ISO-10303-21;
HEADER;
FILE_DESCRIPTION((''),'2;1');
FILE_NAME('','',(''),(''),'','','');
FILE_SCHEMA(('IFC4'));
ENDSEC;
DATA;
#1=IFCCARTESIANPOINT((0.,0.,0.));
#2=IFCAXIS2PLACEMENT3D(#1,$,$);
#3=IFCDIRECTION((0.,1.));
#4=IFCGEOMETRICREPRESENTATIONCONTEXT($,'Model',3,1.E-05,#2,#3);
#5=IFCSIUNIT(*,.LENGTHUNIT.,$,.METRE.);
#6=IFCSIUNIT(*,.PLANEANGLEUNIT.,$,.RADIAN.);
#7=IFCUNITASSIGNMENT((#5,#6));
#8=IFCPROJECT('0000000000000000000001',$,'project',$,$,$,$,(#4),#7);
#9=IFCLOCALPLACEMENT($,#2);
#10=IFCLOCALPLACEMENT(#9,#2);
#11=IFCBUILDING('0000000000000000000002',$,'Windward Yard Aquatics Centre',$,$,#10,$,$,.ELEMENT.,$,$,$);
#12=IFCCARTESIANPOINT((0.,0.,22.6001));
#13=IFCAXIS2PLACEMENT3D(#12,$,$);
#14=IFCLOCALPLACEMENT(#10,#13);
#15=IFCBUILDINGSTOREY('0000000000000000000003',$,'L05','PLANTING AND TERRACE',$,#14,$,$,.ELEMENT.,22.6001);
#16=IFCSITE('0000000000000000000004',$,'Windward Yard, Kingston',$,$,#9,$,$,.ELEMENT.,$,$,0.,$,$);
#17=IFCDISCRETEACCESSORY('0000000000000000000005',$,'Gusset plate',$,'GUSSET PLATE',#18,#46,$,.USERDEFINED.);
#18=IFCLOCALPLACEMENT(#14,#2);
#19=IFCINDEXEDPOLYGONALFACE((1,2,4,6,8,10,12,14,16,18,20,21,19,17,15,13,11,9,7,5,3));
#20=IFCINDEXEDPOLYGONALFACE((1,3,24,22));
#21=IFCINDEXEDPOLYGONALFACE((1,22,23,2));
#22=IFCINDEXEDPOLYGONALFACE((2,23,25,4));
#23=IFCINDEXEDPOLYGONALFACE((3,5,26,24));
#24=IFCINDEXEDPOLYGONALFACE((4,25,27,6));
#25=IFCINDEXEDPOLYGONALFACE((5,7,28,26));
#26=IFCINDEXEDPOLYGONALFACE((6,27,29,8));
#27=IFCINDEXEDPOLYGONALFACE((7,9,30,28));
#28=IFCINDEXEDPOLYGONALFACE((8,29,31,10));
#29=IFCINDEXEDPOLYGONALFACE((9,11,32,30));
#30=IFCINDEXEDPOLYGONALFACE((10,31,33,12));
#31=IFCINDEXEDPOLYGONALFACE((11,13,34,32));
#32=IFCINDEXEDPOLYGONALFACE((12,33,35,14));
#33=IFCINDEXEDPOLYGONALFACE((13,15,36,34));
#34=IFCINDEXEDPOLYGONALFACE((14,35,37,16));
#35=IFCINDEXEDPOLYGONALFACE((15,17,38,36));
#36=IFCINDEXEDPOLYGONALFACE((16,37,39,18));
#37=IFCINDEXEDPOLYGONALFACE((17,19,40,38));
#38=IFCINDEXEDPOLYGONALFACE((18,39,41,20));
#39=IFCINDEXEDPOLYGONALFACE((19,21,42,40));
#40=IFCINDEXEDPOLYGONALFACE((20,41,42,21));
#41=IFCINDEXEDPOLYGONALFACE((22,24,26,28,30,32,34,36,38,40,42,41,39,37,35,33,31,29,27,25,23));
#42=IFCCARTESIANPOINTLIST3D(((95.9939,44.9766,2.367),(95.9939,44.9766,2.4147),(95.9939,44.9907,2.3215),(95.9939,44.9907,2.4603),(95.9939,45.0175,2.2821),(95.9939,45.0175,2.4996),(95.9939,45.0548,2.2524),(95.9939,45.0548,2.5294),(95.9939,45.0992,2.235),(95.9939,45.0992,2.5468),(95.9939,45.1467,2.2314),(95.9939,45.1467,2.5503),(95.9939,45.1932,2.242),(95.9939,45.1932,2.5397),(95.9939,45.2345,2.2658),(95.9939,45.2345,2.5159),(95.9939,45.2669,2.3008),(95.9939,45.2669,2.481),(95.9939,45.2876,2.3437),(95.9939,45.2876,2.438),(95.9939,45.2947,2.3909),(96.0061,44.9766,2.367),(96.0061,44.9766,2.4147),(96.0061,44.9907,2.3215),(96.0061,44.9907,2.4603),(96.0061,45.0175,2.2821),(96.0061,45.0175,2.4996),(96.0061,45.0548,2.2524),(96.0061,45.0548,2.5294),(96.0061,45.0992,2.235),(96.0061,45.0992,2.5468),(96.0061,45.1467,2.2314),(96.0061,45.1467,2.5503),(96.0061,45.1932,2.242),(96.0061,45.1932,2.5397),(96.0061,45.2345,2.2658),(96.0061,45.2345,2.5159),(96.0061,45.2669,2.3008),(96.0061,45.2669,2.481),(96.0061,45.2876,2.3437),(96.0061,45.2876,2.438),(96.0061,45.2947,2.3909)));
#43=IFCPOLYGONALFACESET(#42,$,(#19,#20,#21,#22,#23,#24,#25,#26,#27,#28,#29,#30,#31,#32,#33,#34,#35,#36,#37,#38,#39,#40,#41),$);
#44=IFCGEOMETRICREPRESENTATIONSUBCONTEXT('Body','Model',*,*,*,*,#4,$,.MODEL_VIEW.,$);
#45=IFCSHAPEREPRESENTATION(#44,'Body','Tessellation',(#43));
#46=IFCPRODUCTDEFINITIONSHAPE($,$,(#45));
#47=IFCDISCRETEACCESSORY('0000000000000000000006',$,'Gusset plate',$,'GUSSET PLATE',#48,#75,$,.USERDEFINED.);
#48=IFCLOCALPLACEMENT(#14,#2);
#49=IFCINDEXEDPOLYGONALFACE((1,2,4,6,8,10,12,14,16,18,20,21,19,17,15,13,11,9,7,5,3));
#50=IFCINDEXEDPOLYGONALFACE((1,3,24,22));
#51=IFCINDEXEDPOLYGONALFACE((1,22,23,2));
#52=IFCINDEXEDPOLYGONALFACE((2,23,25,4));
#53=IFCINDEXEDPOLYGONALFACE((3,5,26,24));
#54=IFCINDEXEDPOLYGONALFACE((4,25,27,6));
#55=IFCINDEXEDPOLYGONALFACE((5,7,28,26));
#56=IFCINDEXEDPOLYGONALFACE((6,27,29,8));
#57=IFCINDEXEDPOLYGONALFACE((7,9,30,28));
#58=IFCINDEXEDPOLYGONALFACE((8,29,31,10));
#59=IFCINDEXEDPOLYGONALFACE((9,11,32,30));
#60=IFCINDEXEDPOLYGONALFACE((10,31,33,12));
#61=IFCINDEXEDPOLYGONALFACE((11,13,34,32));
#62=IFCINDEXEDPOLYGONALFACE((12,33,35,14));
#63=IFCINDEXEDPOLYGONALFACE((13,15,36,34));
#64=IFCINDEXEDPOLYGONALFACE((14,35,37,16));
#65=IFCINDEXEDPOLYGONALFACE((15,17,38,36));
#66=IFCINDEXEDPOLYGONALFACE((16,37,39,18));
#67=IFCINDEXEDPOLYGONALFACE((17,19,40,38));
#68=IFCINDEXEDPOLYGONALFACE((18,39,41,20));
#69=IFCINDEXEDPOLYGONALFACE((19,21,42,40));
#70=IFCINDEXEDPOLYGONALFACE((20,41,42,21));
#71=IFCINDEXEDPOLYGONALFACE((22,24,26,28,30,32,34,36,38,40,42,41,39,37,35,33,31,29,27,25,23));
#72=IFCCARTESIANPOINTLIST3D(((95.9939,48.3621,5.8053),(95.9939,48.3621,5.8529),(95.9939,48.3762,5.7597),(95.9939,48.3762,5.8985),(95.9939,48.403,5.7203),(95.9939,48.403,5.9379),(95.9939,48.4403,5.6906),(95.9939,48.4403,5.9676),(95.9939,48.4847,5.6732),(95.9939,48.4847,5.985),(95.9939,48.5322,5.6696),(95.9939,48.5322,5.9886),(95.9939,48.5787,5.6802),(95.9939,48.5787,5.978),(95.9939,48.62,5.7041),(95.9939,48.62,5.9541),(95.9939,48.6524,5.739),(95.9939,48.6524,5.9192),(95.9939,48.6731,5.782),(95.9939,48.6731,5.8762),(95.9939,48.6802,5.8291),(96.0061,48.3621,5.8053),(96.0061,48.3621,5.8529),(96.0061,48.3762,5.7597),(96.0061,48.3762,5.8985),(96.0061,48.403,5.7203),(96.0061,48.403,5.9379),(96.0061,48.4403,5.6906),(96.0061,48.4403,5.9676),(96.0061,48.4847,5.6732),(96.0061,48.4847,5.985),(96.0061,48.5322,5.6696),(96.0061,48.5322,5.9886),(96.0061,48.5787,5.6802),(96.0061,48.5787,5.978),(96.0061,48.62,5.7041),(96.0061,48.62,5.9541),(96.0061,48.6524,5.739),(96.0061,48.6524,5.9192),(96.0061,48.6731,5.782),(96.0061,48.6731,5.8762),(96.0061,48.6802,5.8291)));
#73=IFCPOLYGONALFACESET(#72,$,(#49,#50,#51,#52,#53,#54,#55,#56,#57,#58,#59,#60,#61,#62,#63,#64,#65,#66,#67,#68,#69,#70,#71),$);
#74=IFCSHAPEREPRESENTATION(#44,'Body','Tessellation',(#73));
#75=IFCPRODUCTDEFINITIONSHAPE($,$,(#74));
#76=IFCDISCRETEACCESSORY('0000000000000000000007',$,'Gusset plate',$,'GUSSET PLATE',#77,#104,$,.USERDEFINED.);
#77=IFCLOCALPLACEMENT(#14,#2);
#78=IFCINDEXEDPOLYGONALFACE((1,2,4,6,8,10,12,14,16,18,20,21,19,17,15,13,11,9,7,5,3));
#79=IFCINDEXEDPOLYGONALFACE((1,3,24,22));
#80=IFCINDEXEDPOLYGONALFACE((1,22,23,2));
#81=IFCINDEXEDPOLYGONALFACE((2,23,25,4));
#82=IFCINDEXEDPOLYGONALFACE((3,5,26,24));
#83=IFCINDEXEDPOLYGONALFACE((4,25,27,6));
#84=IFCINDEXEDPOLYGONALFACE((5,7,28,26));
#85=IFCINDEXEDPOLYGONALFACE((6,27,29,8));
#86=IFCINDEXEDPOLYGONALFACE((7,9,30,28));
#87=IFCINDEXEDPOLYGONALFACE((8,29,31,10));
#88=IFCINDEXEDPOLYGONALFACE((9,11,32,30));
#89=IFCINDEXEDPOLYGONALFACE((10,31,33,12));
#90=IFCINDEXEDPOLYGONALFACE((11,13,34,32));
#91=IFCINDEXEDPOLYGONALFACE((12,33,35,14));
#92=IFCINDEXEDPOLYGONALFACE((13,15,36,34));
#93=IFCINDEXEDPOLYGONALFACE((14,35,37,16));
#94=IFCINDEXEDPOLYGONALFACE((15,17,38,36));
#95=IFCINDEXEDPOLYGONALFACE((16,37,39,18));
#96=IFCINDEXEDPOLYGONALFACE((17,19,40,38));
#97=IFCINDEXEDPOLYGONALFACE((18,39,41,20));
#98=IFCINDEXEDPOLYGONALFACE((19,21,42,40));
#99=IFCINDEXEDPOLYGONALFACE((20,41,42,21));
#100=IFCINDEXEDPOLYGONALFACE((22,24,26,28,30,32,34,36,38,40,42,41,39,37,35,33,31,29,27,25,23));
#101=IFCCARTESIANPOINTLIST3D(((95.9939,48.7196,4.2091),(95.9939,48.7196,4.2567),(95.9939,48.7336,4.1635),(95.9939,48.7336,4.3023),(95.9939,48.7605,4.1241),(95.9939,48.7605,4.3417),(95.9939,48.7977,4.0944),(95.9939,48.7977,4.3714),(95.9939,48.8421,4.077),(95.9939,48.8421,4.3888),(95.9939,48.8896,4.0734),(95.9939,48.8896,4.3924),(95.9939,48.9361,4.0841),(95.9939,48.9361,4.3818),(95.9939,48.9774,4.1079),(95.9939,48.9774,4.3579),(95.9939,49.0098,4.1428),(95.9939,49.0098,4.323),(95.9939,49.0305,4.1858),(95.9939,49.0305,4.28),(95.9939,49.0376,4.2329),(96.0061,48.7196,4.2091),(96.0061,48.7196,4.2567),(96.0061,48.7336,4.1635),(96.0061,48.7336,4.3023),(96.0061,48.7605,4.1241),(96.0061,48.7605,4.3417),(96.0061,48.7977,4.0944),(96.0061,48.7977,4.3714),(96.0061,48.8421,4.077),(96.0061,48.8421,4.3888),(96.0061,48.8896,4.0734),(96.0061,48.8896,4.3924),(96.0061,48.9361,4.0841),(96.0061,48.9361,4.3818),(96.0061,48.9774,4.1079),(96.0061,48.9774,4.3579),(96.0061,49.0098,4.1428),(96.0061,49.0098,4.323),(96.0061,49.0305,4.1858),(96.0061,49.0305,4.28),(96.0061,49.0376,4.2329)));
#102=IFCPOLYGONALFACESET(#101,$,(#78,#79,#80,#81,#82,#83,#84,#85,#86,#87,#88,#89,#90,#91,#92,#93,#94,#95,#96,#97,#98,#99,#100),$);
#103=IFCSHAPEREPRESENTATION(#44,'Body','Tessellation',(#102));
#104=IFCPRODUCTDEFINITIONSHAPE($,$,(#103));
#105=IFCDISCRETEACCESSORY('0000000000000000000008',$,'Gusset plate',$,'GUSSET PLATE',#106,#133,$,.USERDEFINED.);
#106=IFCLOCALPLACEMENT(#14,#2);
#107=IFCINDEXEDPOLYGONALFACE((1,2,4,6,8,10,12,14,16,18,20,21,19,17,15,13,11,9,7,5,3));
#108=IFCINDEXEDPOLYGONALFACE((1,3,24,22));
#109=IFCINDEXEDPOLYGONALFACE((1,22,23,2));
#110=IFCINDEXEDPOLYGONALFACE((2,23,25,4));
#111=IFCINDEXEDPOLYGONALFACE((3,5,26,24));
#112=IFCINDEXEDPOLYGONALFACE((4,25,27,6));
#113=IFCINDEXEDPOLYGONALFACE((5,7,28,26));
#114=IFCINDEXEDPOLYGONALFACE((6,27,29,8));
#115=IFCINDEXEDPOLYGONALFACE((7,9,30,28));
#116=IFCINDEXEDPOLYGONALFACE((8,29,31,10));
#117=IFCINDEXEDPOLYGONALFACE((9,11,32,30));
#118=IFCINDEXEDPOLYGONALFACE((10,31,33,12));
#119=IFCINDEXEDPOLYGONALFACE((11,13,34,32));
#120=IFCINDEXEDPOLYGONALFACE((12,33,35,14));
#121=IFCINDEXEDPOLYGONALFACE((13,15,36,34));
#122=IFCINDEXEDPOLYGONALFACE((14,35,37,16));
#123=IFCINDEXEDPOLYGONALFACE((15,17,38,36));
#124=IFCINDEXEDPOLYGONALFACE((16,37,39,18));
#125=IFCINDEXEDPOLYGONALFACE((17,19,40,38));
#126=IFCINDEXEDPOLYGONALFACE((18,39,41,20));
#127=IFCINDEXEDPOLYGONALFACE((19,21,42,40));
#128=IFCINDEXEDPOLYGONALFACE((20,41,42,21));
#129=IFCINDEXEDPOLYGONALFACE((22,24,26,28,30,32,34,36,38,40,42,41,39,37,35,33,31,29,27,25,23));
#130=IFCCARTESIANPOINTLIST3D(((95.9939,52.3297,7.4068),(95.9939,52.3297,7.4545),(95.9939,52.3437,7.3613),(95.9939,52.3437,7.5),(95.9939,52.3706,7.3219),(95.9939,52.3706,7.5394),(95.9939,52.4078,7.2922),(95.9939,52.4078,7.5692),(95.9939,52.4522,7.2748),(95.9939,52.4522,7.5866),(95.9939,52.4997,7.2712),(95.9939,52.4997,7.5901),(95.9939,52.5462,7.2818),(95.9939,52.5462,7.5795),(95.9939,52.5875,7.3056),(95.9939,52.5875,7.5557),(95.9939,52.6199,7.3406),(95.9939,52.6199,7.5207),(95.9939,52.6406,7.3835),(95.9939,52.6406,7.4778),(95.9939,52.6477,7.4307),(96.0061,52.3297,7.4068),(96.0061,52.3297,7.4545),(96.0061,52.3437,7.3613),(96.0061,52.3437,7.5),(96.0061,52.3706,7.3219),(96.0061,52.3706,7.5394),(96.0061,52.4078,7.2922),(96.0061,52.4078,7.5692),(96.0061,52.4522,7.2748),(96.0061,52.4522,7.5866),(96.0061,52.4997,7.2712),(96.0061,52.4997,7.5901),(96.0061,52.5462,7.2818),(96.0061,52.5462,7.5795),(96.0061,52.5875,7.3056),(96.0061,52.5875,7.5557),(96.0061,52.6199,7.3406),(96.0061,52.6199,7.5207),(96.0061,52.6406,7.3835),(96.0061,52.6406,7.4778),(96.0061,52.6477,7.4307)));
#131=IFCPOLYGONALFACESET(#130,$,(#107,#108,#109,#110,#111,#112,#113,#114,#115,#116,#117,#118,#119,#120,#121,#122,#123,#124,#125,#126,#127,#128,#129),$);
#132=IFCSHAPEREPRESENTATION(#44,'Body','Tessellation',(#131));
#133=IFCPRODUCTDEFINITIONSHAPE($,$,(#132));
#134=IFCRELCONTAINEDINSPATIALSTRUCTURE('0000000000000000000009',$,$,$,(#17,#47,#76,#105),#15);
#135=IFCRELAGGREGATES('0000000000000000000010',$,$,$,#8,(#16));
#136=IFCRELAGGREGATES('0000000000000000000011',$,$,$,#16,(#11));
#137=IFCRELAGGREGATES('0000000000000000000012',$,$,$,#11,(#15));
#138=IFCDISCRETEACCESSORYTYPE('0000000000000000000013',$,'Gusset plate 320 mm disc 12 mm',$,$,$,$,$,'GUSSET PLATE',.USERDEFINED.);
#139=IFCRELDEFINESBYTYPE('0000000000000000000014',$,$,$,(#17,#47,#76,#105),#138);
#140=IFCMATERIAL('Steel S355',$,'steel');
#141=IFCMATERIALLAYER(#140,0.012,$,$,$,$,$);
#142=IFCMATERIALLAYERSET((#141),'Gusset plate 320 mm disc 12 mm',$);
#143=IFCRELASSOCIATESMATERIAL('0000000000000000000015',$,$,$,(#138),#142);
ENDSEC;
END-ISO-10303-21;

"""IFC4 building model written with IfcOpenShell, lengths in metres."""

from ifc_helpers import new_model, si_unit, direction, frame, origin, origin_2d, place, context, subcontext, project, spatial, circle, extrude, material, layer, layer_set, type_object, element, save


model = new_model("IFC4")

# Units and contexts
model_context = context("Model", 3, precision=1e-05, world=origin(), true_north=direction((0.0, 1.0)))
body_context = subcontext(model_context, "Body", "Model", "MODEL_VIEW")
ifc_project = project(units=[si_unit("LENGTHUNIT", "METRE"), si_unit("PLANEANGLEUNIT", "RADIAN")], contexts=[model_context])

# Site, building, storey
site_placement = place(None, origin())
site = spatial("IfcSite", under=ifc_project, at=site_placement, Name="Windward Yard, Kingston", CompositionType="ELEMENT", RefElevation=0.0)
building_placement = place(site_placement, origin())
building = spatial("IfcBuilding", under=site, at=building_placement, Name="Windward Yard Aquatics Centre", CompositionType="ELEMENT")
storey_placement = place(building_placement, frame((0.0, 0.0, 22.6001)))
storey = spatial("IfcBuildingStorey", under=building, at=storey_placement, Name="L05", Description="PLANTING AND TERRACE", CompositionType="ELEMENT", Elevation=22.6001)

# Discrete accessories
ifc_material_1 = material(Name="Steel S355", Category="steel")
ifc_layer = layer(ifc_material_1, 0.012)
ifc_layer_set = layer_set([ifc_layer], Name="Gusset plate 320 mm disc 12 mm")
discrete_accessory_type = type_object("IfcDiscreteAccessoryType", Name="Gusset plate 320 mm disc 12 mm", ElementType="GUSSET PLATE", PredefinedType="USERDEFINED", material=ifc_layer_set)
for number, where, z_axis, x_axis, name in (
    (1, (95.9939, 45.1348, 2.3909), (1.0, 0.0, 0.0), (0.0, 1.0, 0.0), "Gusset plate"),
    (2, (95.9939, 48.5203, 5.8291), (1.0, 0.0, 0.0), (0.0, 1.0, 0.0), "Gusset plate"),
    (3, (95.9939, 48.8777, 4.2329), (1.0, 0.0, 0.0), (0.0, 1.0, 0.0), "Gusset plate"),
    (4, (95.9939, 52.4878, 7.4307), (1.0, 0.0, 0.0), (0.0, 1.0, 0.0), "Gusset plate"),
):
    element("IfcDiscreteAccessory", number, at=place(storey_placement, frame(where, z_axis=z_axis, x_axis=x_axis)), inside=storey, type_object=discrete_accessory_type, Name=name, ObjectType="GUSSET PLATE", PredefinedType="USERDEFINED", context=body_context, shape_type="SweptSolid", body=[
        extrude(circle(Radius=0.1599, at=origin_2d()), origin(), (0.0, 0.0, 1.0), 0.0122),
    ])

save(model, "model.ifc")
